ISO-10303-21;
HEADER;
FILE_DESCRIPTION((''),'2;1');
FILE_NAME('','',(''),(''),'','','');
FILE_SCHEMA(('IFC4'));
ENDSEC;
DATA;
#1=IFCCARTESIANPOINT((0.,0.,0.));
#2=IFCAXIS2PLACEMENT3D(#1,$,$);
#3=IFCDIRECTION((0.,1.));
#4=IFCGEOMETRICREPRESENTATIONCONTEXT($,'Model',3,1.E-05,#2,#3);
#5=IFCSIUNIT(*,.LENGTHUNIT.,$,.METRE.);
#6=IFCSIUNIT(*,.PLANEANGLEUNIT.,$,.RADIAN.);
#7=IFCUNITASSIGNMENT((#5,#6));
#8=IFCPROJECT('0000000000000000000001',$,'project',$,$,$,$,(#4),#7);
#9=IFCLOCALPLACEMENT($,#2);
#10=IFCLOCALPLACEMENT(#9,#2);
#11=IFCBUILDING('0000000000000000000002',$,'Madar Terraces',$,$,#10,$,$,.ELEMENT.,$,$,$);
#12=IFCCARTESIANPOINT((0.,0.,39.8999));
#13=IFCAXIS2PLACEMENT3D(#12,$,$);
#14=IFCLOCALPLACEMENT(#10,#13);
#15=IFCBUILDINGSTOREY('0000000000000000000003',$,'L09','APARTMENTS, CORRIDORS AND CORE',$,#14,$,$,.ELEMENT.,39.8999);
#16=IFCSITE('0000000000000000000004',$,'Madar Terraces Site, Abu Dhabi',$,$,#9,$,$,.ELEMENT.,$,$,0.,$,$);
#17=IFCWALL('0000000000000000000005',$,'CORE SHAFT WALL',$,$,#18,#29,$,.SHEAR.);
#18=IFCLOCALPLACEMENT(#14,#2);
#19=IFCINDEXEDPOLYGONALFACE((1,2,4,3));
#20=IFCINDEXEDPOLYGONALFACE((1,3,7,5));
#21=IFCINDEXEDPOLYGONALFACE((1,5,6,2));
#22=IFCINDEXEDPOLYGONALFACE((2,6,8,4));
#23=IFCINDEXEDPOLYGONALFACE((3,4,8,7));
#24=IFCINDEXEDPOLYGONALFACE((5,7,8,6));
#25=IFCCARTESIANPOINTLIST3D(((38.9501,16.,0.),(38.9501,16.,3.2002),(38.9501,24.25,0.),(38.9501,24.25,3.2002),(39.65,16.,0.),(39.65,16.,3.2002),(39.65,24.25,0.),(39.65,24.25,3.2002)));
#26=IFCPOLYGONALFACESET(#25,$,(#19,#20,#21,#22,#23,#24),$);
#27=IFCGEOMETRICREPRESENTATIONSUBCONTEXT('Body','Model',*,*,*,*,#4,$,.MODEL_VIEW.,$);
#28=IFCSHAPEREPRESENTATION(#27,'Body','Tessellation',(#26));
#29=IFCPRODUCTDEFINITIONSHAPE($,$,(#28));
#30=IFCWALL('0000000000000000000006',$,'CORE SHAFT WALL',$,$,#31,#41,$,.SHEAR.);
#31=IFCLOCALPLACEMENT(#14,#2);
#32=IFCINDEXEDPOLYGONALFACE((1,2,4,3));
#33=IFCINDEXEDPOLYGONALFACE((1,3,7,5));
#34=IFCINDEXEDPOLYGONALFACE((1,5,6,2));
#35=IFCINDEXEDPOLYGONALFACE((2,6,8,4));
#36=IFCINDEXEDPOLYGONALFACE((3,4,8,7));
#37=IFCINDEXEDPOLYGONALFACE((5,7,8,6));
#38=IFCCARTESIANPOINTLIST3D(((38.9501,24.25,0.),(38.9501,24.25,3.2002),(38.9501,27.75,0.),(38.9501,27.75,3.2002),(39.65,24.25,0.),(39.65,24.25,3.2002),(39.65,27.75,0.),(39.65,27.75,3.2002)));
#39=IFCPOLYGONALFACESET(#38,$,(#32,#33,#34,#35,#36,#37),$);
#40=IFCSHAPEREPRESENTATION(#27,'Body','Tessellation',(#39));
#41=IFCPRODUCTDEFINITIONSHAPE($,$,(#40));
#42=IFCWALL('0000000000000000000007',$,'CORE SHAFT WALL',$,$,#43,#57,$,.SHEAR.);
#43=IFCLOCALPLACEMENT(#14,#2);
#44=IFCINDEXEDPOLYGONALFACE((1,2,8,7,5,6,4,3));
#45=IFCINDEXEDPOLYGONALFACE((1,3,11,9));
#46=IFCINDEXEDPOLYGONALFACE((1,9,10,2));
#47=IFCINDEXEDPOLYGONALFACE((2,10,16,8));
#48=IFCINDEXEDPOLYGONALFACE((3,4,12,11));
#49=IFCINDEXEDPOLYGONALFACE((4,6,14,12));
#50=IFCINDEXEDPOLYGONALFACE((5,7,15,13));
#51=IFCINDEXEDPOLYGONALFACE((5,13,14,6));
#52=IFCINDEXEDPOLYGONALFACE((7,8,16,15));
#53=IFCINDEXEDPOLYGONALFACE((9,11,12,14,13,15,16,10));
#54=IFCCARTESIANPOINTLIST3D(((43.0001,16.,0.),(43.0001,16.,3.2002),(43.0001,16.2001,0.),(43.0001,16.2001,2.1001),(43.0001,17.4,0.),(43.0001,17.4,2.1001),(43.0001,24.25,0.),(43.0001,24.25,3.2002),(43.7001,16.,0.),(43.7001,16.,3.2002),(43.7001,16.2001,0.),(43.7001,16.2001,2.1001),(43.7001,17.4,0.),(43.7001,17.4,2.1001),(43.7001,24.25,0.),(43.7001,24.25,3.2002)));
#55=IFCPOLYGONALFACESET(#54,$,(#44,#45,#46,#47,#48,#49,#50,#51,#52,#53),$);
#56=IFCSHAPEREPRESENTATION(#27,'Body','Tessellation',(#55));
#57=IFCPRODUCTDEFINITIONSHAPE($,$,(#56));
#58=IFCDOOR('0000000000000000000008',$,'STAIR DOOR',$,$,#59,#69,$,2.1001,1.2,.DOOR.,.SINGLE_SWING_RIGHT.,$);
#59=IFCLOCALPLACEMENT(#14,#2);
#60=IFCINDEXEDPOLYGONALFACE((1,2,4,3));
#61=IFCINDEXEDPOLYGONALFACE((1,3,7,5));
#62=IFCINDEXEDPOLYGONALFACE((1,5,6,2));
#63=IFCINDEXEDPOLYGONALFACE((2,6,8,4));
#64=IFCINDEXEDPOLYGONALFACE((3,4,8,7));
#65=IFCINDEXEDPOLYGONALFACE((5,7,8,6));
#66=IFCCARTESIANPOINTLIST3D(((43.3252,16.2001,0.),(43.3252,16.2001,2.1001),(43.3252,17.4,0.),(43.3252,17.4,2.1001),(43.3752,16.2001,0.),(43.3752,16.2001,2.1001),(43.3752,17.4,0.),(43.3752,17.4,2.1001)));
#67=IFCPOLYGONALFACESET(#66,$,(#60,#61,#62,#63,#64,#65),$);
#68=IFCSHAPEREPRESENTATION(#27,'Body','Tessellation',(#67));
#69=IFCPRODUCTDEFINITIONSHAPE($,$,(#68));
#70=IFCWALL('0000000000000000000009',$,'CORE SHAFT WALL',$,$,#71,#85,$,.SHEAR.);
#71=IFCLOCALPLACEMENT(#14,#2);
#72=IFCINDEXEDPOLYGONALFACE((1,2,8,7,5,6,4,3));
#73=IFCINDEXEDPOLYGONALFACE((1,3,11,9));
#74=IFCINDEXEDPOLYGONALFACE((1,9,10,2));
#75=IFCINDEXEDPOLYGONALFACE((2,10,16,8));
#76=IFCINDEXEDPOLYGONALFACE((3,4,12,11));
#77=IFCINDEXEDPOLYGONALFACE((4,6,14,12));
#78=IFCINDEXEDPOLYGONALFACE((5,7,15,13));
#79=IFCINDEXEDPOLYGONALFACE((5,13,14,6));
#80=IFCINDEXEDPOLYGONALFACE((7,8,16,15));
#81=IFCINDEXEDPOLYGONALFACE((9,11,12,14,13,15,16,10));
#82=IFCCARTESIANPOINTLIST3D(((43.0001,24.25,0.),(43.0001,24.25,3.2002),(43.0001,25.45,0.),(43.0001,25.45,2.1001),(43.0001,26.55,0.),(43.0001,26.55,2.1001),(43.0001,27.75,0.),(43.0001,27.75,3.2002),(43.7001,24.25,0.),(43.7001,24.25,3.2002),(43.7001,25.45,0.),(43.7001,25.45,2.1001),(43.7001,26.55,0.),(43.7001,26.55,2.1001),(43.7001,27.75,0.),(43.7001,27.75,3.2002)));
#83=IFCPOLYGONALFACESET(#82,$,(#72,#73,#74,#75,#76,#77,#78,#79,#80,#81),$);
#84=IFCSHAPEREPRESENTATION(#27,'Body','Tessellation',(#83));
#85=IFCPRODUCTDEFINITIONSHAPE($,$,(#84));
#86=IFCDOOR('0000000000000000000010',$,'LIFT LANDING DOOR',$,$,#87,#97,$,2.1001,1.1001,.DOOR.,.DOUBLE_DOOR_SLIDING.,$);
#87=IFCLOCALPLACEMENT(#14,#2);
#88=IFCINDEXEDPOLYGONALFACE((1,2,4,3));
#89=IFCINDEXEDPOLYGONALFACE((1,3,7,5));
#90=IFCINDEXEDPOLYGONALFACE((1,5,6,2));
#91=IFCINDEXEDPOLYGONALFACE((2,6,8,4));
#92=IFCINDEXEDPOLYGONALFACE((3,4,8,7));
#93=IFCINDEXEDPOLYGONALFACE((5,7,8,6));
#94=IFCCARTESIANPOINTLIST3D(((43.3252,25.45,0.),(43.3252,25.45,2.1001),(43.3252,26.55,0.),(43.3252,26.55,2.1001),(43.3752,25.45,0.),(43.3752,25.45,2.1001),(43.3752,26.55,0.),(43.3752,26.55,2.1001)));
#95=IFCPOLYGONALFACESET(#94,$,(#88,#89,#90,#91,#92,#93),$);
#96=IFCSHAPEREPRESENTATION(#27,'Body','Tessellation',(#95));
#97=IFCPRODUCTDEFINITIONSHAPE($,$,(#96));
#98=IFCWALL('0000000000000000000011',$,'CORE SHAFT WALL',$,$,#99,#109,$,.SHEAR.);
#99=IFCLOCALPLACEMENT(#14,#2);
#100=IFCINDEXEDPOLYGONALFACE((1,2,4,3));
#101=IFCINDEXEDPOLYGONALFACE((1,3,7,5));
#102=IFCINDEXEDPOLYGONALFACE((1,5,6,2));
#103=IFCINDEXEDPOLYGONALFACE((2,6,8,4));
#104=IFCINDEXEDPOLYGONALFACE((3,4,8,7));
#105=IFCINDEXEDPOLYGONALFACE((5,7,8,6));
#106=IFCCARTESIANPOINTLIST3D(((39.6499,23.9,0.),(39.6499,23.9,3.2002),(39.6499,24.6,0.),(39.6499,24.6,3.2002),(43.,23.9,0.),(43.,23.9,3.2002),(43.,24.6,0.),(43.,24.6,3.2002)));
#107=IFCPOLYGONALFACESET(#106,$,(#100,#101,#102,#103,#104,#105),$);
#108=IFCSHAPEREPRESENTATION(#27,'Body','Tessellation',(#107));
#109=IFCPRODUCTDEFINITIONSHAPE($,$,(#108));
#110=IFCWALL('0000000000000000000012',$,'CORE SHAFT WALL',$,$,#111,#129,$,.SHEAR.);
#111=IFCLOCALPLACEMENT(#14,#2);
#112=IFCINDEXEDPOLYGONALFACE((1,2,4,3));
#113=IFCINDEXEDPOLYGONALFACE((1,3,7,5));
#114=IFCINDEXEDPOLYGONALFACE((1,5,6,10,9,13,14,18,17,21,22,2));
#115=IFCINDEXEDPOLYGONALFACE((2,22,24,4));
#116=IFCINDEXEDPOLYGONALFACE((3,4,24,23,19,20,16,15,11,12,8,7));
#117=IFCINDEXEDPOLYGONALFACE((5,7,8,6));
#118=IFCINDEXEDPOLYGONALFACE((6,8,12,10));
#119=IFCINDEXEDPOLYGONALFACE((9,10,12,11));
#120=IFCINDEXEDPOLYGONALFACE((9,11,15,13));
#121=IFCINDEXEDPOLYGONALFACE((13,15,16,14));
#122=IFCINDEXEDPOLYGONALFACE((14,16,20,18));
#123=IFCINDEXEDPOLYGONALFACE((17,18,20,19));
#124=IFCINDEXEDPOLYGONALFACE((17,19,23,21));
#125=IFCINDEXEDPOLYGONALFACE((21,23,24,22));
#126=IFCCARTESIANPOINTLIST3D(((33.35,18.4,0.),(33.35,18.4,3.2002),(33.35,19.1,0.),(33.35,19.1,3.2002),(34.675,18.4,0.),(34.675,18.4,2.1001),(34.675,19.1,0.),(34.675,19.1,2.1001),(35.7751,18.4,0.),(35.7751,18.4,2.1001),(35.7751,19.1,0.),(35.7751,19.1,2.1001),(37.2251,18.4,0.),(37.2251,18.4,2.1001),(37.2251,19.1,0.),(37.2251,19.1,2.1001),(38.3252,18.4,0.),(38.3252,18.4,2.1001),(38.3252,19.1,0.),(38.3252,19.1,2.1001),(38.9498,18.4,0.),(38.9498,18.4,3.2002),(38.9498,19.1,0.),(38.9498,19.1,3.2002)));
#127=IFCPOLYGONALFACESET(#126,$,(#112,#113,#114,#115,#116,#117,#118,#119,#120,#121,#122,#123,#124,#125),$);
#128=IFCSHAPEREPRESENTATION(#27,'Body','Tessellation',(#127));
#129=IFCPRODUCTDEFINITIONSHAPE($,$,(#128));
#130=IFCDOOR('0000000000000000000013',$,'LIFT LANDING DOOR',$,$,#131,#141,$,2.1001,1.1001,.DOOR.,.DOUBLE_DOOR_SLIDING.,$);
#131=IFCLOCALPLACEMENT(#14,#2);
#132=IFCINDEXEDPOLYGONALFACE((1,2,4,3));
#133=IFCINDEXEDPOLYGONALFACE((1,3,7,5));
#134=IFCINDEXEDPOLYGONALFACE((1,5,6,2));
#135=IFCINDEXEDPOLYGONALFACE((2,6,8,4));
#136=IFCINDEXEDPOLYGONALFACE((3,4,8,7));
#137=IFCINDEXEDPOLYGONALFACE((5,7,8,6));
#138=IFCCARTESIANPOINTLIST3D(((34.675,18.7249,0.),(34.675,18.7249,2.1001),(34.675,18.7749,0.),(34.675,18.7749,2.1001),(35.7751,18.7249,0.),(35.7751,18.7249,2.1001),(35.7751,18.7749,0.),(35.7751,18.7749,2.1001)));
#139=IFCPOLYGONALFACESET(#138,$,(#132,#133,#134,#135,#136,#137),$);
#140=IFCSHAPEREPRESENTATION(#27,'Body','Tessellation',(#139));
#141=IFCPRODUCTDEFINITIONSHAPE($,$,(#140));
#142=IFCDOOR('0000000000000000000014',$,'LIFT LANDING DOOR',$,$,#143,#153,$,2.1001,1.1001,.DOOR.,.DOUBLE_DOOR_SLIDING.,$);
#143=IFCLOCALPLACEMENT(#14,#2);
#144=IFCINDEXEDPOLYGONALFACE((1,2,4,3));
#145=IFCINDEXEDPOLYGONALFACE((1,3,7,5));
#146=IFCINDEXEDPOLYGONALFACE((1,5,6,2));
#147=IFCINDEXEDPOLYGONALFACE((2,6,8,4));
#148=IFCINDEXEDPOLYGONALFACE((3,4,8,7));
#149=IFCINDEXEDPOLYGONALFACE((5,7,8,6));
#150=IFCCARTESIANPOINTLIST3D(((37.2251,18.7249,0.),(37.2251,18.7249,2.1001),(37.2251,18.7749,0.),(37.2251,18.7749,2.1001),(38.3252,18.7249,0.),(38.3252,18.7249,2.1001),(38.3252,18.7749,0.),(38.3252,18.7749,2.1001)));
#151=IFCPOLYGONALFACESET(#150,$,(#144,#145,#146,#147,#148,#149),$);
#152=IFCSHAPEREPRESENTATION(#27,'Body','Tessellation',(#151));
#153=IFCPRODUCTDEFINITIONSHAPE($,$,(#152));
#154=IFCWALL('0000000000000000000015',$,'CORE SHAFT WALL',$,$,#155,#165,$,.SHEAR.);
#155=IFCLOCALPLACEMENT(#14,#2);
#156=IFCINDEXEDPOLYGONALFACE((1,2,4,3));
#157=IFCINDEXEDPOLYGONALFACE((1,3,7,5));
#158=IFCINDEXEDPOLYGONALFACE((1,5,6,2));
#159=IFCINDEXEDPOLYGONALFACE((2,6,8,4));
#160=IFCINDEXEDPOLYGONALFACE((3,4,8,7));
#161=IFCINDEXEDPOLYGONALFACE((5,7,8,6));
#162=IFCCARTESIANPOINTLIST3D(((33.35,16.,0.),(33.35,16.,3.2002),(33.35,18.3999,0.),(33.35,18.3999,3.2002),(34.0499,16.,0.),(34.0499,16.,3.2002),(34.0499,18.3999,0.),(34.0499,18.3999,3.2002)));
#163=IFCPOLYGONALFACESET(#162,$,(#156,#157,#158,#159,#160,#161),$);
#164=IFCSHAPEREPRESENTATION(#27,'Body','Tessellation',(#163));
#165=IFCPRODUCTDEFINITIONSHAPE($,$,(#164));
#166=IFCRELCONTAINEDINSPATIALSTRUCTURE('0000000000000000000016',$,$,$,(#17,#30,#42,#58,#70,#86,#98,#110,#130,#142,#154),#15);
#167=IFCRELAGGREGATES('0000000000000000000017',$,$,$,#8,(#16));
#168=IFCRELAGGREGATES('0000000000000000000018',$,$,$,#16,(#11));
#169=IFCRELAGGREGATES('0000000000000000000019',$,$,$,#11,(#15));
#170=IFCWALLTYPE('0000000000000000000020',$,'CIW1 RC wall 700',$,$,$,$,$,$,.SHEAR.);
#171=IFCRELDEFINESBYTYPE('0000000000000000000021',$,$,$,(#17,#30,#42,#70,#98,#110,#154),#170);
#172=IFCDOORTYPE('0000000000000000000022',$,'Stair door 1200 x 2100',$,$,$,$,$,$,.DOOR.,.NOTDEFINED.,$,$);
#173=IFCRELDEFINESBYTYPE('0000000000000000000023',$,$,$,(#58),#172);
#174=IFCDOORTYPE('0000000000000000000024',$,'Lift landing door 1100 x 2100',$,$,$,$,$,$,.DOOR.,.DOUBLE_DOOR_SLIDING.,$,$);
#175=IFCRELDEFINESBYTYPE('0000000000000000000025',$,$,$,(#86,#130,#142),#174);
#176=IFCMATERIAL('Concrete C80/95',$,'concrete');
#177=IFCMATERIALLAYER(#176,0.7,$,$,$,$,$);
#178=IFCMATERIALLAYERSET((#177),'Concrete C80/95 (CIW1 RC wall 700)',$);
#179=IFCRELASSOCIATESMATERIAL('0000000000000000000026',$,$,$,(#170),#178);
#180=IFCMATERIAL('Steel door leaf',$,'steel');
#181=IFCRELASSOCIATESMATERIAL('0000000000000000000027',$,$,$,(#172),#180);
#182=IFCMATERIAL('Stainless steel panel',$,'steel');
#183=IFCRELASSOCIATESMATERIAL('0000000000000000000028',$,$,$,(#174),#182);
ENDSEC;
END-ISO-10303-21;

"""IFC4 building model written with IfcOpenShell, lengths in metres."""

from ifc_helpers import new_model, si_unit, direction, frame, frame_2d, origin, place, context, subcontext, project, spatial, rectangle, extrude, material, layer, layer_set, type_object, element, fill, save


model = new_model("IFC4")

# Units and contexts
model_context = context("Model", 3, precision=1e-05, world=origin(), true_north=direction((0.0, 1.0)))
body_context = subcontext(model_context, "Body", "Model", "MODEL_VIEW")
ifc_project = project(units=[si_unit("LENGTHUNIT", "METRE"), si_unit("PLANEANGLEUNIT", "RADIAN")], contexts=[model_context])

# Site, building, storey
site_placement = place(None, origin())
site = spatial("IfcSite", under=ifc_project, at=site_placement, Name="Madar Terraces Site, Abu Dhabi", CompositionType="ELEMENT", RefElevation=0.0)
building_placement = place(site_placement, origin())
building = spatial("IfcBuilding", under=site, at=building_placement, Name="Madar Terraces", CompositionType="ELEMENT")
storey_placement = place(building_placement, frame((0.0, 0.0, 39.8999)))
storey = spatial("IfcBuildingStorey", under=building, at=storey_placement, Name="L09", Description="APARTMENTS, CORRIDORS AND CORE", CompositionType="ELEMENT", Elevation=39.8999)

# Walls
ifc_material_1 = material(Name="Concrete C80/95", Category="concrete")
ifc_layer_1 = layer(ifc_material_1, 0.7)
ifc_layer_set_1 = layer_set([ifc_layer_1], Name="Concrete C80/95 (CIW1 RC wall 700)")
wall_type_1 = type_object("IfcWallType", Name="CIW1 RC wall 700", PredefinedType="SHEAR", material=ifc_layer_set_1)
wall_1_placement = place(storey_placement, frame((39.3, 16.0, 0.0), z_axis=(0.0, 0.0, 1.0), x_axis=(0.0, 1.0, 0.0)))
element("IfcWall", 1, at=wall_1_placement, inside=storey, type_object=wall_type_1, Name="CORE SHAFT WALL", PredefinedType="SHEAR", context=body_context, shape_type="SweptSolid", body=[
    extrude(rectangle(XDim=8.25, YDim=0.7, at=frame_2d((4.125, 0.0))), origin(), (0.0, 0.0, 1.0), 3.2002),
])
wall_2_placement = place(storey_placement, frame((39.3, 24.25, 0.0), z_axis=(0.0, 0.0, 1.0), x_axis=(0.0, 1.0, 0.0)))
element("IfcWall", 2, at=wall_2_placement, inside=storey, type_object=wall_type_1, Name="CORE SHAFT WALL", PredefinedType="SHEAR", context=body_context, shape_type="SweptSolid", body=[
    extrude(rectangle(XDim=3.5, YDim=0.7, at=frame_2d((1.75, 0.0))), origin(), (0.0, 0.0, 1.0), 3.2002),
])

# Walls, openings, doors
wall_3_placement = place(storey_placement, frame((43.3501, 16.0, 0.0), z_axis=(0.0, 0.0, 1.0), x_axis=(0.0, 1.0, 0.0)))
wall_3 = element("IfcWall", 3, at=wall_3_placement, inside=storey, type_object=wall_type_1, Name="CORE SHAFT WALL", PredefinedType="SHEAR", context=body_context, shape_type="SweptSolid", body=[
    extrude(rectangle(XDim=8.25, YDim=0.7, at=frame_2d((4.125, 0.0))), origin(), (0.0, 0.0, 1.0), 3.2002),
])
opening_1_placement = place(wall_3_placement, frame((0.2, 0.0, 0.0)))
opening_1 = element("IfcOpeningElement", 4, at=opening_1_placement, cuts=wall_3, PredefinedType="OPENING", context=body_context, shape_type="SweptSolid", body=[
    extrude(rectangle(XDim=1.2, YDim=2.1001, at=frame_2d((0.6001, 1.05))), frame((0.0, 0.3599, 0.0), z_axis=(0.0, -1.0, 0.0), x_axis=(1.0, 0.0, 0.0)), (0.0, 0.0, 1.0), 0.72),
])
ifc_material_2 = material(Name="Steel door leaf", Category="steel")
door_type_1 = type_object("IfcDoorType", Name="Stair door 1200 x 2100", OperationType="NOTDEFINED", PredefinedType="DOOR", material=ifc_material_2)
door_1_placement = place(opening_1_placement, origin())
door_1 = element("IfcDoor", 5, at=door_1_placement, inside=storey, type_object=door_type_1, Name="STAIR DOOR", OperationType="SINGLE_SWING_RIGHT", OverallHeight=2.1001, OverallWidth=1.2, PredefinedType="DOOR", context=body_context, shape_type="SweptSolid", body=[
    extrude(rectangle(XDim=1.2, YDim=2.1001, at=frame_2d((0.6001, 1.05))), frame((0.0, 0.0249, 0.0), z_axis=(0.0, -1.0, 0.0), x_axis=(1.0, 0.0, 0.0)), (0.0, 0.0, 1.0), 0.05),
])
fill(opening_1, door_1)
wall_4_placement = place(storey_placement, frame((43.3501, 24.25, 0.0), z_axis=(0.0, 0.0, 1.0), x_axis=(0.0, 1.0, 0.0)))
wall_4 = element("IfcWall", 6, at=wall_4_placement, inside=storey, type_object=wall_type_1, Name="CORE SHAFT WALL", PredefinedType="SHEAR", context=body_context, shape_type="SweptSolid", body=[
    extrude(rectangle(XDim=3.5, YDim=0.7, at=frame_2d((1.75, 0.0))), origin(), (0.0, 0.0, 1.0), 3.2002),
])
opening_2_placement = place(wall_4_placement, frame((1.2, 0.0, 0.0)))
opening_2 = element("IfcOpeningElement", 7, at=opening_2_placement, cuts=wall_4, PredefinedType="OPENING", context=body_context, shape_type="SweptSolid", body=[
    extrude(rectangle(XDim=1.1001, YDim=2.1001, at=frame_2d((0.55, 1.05))), frame((0.0, 0.3599, 0.0), z_axis=(0.0, -1.0, 0.0), x_axis=(1.0, 0.0, 0.0)), (0.0, 0.0, 1.0), 0.72),
])
ifc_material_3 = material(Name="Stainless steel panel", Category="steel")
door_type_2 = type_object("IfcDoorType", Name="Lift landing door 1100 x 2100", OperationType="DOUBLE_DOOR_SLIDING", PredefinedType="DOOR", material=ifc_material_3)
door_2_placement = place(opening_2_placement, origin())
door_2 = element("IfcDoor", 8, at=door_2_placement, inside=storey, type_object=door_type_2, Name="LIFT LANDING DOOR", OperationType="DOUBLE_DOOR_SLIDING", OverallHeight=2.1001, OverallWidth=1.1001, PredefinedType="DOOR", context=body_context, shape_type="SweptSolid", body=[
    extrude(rectangle(XDim=1.1001, YDim=2.1001, at=frame_2d((0.55, 1.05))), frame((0.0, 0.0249, 0.0), z_axis=(0.0, -1.0, 0.0), x_axis=(1.0, 0.0, 0.0)), (0.0, 0.0, 1.0), 0.05),
])
fill(opening_2, door_2)

# Wall
wall_5_placement = place(storey_placement, frame((39.6499, 24.25, 0.0), z_axis=(0.0, 0.0, 1.0), x_axis=(1.0, 0.0, 0.0)))
element("IfcWall", 9, at=wall_5_placement, inside=storey, type_object=wall_type_1, Name="CORE SHAFT WALL", PredefinedType="SHEAR", context=body_context, shape_type="SweptSolid", body=[
    extrude(rectangle(XDim=3.3501, YDim=0.7, at=frame_2d((1.675, 0.0))), origin(), (0.0, 0.0, 1.0), 3.2002),
])

# Wall, openings, doors
wall_6_placement = place(storey_placement, frame((33.3501, 18.75, 0.0), z_axis=(0.0, 0.0, 1.0), x_axis=(1.0, 0.0, 0.0)))
wall_6 = element("IfcWall", 10, at=wall_6_placement, inside=storey, type_object=wall_type_1, Name="CORE SHAFT WALL", PredefinedType="SHEAR", context=body_context, shape_type="SweptSolid", body=[
    extrude(rectangle(XDim=5.5999, YDim=0.7, at=frame_2d((2.7998, 0.0))), origin(), (0.0, 0.0, 1.0), 3.2002),
])
opening_3_placement = place(wall_6_placement, frame((1.325, 0.0, 0.0)))
opening_3 = element("IfcOpeningElement", 11, at=opening_3_placement, cuts=wall_6, PredefinedType="OPENING", context=body_context, shape_type="SweptSolid", body=[
    extrude(rectangle(XDim=1.1001, YDim=2.1001, at=frame_2d((0.55, 1.05))), frame((0.0, 0.3599, 0.0), z_axis=(0.0, -1.0, 0.0), x_axis=(1.0, 0.0, 0.0)), (0.0, 0.0, 1.0), 0.72),
])
opening_4_placement = place(wall_6_placement, frame((3.875, 0.0, 0.0)))
opening_4 = element("IfcOpeningElement", 12, at=opening_4_placement, cuts=wall_6, PredefinedType="OPENING", context=body_context, shape_type="SweptSolid", body=[
    extrude(rectangle(XDim=1.1001, YDim=2.1001, at=frame_2d((0.55, 1.05))), frame((0.0, 0.3599, 0.0), z_axis=(0.0, -1.0, 0.0), x_axis=(1.0, 0.0, 0.0)), (0.0, 0.0, 1.0), 0.72),
])
door_3_placement = place(opening_3_placement, origin())
door_3 = element("IfcDoor", 13, at=door_3_placement, inside=storey, type_object=door_type_2, Name="LIFT LANDING DOOR", OperationType="DOUBLE_DOOR_SLIDING", OverallHeight=2.1001, OverallWidth=1.1001, PredefinedType="DOOR", context=body_context, shape_type="SweptSolid", body=[
    extrude(rectangle(XDim=1.1001, YDim=2.1001, at=frame_2d((0.55, 1.05))), frame((0.0, 0.0249, 0.0), z_axis=(0.0, -1.0, 0.0), x_axis=(1.0, 0.0, 0.0)), (0.0, 0.0, 1.0), 0.05),
])
fill(opening_3, door_3)
door_4_placement = place(opening_4_placement, origin())
door_4 = element("IfcDoor", 14, at=door_4_placement, inside=storey, type_object=door_type_2, Name="LIFT LANDING DOOR", OperationType="DOUBLE_DOOR_SLIDING", OverallHeight=2.1001, OverallWidth=1.1001, PredefinedType="DOOR", context=body_context, shape_type="SweptSolid", body=[
    extrude(rectangle(XDim=1.1001, YDim=2.1001, at=frame_2d((0.55, 1.05))), frame((0.0, 0.0249, 0.0), z_axis=(0.0, -1.0, 0.0), x_axis=(1.0, 0.0, 0.0)), (0.0, 0.0, 1.0), 0.05),
])
fill(opening_4, door_4)

# Wall
wall_7_placement = place(storey_placement, frame((33.7, 16.0, 0.0), z_axis=(0.0, 0.0, 1.0), x_axis=(0.0, 1.0, 0.0)))
element("IfcWall", 15, at=wall_7_placement, inside=storey, type_object=wall_type_1, Name="CORE SHAFT WALL", PredefinedType="SHEAR", context=body_context, shape_type="SweptSolid", body=[
    extrude(rectangle(XDim=2.3999, YDim=0.7, at=frame_2d((1.2, 0.0))), origin(), (0.0, 0.0, 1.0), 3.2002),
])

save(model, "model.ifc")
